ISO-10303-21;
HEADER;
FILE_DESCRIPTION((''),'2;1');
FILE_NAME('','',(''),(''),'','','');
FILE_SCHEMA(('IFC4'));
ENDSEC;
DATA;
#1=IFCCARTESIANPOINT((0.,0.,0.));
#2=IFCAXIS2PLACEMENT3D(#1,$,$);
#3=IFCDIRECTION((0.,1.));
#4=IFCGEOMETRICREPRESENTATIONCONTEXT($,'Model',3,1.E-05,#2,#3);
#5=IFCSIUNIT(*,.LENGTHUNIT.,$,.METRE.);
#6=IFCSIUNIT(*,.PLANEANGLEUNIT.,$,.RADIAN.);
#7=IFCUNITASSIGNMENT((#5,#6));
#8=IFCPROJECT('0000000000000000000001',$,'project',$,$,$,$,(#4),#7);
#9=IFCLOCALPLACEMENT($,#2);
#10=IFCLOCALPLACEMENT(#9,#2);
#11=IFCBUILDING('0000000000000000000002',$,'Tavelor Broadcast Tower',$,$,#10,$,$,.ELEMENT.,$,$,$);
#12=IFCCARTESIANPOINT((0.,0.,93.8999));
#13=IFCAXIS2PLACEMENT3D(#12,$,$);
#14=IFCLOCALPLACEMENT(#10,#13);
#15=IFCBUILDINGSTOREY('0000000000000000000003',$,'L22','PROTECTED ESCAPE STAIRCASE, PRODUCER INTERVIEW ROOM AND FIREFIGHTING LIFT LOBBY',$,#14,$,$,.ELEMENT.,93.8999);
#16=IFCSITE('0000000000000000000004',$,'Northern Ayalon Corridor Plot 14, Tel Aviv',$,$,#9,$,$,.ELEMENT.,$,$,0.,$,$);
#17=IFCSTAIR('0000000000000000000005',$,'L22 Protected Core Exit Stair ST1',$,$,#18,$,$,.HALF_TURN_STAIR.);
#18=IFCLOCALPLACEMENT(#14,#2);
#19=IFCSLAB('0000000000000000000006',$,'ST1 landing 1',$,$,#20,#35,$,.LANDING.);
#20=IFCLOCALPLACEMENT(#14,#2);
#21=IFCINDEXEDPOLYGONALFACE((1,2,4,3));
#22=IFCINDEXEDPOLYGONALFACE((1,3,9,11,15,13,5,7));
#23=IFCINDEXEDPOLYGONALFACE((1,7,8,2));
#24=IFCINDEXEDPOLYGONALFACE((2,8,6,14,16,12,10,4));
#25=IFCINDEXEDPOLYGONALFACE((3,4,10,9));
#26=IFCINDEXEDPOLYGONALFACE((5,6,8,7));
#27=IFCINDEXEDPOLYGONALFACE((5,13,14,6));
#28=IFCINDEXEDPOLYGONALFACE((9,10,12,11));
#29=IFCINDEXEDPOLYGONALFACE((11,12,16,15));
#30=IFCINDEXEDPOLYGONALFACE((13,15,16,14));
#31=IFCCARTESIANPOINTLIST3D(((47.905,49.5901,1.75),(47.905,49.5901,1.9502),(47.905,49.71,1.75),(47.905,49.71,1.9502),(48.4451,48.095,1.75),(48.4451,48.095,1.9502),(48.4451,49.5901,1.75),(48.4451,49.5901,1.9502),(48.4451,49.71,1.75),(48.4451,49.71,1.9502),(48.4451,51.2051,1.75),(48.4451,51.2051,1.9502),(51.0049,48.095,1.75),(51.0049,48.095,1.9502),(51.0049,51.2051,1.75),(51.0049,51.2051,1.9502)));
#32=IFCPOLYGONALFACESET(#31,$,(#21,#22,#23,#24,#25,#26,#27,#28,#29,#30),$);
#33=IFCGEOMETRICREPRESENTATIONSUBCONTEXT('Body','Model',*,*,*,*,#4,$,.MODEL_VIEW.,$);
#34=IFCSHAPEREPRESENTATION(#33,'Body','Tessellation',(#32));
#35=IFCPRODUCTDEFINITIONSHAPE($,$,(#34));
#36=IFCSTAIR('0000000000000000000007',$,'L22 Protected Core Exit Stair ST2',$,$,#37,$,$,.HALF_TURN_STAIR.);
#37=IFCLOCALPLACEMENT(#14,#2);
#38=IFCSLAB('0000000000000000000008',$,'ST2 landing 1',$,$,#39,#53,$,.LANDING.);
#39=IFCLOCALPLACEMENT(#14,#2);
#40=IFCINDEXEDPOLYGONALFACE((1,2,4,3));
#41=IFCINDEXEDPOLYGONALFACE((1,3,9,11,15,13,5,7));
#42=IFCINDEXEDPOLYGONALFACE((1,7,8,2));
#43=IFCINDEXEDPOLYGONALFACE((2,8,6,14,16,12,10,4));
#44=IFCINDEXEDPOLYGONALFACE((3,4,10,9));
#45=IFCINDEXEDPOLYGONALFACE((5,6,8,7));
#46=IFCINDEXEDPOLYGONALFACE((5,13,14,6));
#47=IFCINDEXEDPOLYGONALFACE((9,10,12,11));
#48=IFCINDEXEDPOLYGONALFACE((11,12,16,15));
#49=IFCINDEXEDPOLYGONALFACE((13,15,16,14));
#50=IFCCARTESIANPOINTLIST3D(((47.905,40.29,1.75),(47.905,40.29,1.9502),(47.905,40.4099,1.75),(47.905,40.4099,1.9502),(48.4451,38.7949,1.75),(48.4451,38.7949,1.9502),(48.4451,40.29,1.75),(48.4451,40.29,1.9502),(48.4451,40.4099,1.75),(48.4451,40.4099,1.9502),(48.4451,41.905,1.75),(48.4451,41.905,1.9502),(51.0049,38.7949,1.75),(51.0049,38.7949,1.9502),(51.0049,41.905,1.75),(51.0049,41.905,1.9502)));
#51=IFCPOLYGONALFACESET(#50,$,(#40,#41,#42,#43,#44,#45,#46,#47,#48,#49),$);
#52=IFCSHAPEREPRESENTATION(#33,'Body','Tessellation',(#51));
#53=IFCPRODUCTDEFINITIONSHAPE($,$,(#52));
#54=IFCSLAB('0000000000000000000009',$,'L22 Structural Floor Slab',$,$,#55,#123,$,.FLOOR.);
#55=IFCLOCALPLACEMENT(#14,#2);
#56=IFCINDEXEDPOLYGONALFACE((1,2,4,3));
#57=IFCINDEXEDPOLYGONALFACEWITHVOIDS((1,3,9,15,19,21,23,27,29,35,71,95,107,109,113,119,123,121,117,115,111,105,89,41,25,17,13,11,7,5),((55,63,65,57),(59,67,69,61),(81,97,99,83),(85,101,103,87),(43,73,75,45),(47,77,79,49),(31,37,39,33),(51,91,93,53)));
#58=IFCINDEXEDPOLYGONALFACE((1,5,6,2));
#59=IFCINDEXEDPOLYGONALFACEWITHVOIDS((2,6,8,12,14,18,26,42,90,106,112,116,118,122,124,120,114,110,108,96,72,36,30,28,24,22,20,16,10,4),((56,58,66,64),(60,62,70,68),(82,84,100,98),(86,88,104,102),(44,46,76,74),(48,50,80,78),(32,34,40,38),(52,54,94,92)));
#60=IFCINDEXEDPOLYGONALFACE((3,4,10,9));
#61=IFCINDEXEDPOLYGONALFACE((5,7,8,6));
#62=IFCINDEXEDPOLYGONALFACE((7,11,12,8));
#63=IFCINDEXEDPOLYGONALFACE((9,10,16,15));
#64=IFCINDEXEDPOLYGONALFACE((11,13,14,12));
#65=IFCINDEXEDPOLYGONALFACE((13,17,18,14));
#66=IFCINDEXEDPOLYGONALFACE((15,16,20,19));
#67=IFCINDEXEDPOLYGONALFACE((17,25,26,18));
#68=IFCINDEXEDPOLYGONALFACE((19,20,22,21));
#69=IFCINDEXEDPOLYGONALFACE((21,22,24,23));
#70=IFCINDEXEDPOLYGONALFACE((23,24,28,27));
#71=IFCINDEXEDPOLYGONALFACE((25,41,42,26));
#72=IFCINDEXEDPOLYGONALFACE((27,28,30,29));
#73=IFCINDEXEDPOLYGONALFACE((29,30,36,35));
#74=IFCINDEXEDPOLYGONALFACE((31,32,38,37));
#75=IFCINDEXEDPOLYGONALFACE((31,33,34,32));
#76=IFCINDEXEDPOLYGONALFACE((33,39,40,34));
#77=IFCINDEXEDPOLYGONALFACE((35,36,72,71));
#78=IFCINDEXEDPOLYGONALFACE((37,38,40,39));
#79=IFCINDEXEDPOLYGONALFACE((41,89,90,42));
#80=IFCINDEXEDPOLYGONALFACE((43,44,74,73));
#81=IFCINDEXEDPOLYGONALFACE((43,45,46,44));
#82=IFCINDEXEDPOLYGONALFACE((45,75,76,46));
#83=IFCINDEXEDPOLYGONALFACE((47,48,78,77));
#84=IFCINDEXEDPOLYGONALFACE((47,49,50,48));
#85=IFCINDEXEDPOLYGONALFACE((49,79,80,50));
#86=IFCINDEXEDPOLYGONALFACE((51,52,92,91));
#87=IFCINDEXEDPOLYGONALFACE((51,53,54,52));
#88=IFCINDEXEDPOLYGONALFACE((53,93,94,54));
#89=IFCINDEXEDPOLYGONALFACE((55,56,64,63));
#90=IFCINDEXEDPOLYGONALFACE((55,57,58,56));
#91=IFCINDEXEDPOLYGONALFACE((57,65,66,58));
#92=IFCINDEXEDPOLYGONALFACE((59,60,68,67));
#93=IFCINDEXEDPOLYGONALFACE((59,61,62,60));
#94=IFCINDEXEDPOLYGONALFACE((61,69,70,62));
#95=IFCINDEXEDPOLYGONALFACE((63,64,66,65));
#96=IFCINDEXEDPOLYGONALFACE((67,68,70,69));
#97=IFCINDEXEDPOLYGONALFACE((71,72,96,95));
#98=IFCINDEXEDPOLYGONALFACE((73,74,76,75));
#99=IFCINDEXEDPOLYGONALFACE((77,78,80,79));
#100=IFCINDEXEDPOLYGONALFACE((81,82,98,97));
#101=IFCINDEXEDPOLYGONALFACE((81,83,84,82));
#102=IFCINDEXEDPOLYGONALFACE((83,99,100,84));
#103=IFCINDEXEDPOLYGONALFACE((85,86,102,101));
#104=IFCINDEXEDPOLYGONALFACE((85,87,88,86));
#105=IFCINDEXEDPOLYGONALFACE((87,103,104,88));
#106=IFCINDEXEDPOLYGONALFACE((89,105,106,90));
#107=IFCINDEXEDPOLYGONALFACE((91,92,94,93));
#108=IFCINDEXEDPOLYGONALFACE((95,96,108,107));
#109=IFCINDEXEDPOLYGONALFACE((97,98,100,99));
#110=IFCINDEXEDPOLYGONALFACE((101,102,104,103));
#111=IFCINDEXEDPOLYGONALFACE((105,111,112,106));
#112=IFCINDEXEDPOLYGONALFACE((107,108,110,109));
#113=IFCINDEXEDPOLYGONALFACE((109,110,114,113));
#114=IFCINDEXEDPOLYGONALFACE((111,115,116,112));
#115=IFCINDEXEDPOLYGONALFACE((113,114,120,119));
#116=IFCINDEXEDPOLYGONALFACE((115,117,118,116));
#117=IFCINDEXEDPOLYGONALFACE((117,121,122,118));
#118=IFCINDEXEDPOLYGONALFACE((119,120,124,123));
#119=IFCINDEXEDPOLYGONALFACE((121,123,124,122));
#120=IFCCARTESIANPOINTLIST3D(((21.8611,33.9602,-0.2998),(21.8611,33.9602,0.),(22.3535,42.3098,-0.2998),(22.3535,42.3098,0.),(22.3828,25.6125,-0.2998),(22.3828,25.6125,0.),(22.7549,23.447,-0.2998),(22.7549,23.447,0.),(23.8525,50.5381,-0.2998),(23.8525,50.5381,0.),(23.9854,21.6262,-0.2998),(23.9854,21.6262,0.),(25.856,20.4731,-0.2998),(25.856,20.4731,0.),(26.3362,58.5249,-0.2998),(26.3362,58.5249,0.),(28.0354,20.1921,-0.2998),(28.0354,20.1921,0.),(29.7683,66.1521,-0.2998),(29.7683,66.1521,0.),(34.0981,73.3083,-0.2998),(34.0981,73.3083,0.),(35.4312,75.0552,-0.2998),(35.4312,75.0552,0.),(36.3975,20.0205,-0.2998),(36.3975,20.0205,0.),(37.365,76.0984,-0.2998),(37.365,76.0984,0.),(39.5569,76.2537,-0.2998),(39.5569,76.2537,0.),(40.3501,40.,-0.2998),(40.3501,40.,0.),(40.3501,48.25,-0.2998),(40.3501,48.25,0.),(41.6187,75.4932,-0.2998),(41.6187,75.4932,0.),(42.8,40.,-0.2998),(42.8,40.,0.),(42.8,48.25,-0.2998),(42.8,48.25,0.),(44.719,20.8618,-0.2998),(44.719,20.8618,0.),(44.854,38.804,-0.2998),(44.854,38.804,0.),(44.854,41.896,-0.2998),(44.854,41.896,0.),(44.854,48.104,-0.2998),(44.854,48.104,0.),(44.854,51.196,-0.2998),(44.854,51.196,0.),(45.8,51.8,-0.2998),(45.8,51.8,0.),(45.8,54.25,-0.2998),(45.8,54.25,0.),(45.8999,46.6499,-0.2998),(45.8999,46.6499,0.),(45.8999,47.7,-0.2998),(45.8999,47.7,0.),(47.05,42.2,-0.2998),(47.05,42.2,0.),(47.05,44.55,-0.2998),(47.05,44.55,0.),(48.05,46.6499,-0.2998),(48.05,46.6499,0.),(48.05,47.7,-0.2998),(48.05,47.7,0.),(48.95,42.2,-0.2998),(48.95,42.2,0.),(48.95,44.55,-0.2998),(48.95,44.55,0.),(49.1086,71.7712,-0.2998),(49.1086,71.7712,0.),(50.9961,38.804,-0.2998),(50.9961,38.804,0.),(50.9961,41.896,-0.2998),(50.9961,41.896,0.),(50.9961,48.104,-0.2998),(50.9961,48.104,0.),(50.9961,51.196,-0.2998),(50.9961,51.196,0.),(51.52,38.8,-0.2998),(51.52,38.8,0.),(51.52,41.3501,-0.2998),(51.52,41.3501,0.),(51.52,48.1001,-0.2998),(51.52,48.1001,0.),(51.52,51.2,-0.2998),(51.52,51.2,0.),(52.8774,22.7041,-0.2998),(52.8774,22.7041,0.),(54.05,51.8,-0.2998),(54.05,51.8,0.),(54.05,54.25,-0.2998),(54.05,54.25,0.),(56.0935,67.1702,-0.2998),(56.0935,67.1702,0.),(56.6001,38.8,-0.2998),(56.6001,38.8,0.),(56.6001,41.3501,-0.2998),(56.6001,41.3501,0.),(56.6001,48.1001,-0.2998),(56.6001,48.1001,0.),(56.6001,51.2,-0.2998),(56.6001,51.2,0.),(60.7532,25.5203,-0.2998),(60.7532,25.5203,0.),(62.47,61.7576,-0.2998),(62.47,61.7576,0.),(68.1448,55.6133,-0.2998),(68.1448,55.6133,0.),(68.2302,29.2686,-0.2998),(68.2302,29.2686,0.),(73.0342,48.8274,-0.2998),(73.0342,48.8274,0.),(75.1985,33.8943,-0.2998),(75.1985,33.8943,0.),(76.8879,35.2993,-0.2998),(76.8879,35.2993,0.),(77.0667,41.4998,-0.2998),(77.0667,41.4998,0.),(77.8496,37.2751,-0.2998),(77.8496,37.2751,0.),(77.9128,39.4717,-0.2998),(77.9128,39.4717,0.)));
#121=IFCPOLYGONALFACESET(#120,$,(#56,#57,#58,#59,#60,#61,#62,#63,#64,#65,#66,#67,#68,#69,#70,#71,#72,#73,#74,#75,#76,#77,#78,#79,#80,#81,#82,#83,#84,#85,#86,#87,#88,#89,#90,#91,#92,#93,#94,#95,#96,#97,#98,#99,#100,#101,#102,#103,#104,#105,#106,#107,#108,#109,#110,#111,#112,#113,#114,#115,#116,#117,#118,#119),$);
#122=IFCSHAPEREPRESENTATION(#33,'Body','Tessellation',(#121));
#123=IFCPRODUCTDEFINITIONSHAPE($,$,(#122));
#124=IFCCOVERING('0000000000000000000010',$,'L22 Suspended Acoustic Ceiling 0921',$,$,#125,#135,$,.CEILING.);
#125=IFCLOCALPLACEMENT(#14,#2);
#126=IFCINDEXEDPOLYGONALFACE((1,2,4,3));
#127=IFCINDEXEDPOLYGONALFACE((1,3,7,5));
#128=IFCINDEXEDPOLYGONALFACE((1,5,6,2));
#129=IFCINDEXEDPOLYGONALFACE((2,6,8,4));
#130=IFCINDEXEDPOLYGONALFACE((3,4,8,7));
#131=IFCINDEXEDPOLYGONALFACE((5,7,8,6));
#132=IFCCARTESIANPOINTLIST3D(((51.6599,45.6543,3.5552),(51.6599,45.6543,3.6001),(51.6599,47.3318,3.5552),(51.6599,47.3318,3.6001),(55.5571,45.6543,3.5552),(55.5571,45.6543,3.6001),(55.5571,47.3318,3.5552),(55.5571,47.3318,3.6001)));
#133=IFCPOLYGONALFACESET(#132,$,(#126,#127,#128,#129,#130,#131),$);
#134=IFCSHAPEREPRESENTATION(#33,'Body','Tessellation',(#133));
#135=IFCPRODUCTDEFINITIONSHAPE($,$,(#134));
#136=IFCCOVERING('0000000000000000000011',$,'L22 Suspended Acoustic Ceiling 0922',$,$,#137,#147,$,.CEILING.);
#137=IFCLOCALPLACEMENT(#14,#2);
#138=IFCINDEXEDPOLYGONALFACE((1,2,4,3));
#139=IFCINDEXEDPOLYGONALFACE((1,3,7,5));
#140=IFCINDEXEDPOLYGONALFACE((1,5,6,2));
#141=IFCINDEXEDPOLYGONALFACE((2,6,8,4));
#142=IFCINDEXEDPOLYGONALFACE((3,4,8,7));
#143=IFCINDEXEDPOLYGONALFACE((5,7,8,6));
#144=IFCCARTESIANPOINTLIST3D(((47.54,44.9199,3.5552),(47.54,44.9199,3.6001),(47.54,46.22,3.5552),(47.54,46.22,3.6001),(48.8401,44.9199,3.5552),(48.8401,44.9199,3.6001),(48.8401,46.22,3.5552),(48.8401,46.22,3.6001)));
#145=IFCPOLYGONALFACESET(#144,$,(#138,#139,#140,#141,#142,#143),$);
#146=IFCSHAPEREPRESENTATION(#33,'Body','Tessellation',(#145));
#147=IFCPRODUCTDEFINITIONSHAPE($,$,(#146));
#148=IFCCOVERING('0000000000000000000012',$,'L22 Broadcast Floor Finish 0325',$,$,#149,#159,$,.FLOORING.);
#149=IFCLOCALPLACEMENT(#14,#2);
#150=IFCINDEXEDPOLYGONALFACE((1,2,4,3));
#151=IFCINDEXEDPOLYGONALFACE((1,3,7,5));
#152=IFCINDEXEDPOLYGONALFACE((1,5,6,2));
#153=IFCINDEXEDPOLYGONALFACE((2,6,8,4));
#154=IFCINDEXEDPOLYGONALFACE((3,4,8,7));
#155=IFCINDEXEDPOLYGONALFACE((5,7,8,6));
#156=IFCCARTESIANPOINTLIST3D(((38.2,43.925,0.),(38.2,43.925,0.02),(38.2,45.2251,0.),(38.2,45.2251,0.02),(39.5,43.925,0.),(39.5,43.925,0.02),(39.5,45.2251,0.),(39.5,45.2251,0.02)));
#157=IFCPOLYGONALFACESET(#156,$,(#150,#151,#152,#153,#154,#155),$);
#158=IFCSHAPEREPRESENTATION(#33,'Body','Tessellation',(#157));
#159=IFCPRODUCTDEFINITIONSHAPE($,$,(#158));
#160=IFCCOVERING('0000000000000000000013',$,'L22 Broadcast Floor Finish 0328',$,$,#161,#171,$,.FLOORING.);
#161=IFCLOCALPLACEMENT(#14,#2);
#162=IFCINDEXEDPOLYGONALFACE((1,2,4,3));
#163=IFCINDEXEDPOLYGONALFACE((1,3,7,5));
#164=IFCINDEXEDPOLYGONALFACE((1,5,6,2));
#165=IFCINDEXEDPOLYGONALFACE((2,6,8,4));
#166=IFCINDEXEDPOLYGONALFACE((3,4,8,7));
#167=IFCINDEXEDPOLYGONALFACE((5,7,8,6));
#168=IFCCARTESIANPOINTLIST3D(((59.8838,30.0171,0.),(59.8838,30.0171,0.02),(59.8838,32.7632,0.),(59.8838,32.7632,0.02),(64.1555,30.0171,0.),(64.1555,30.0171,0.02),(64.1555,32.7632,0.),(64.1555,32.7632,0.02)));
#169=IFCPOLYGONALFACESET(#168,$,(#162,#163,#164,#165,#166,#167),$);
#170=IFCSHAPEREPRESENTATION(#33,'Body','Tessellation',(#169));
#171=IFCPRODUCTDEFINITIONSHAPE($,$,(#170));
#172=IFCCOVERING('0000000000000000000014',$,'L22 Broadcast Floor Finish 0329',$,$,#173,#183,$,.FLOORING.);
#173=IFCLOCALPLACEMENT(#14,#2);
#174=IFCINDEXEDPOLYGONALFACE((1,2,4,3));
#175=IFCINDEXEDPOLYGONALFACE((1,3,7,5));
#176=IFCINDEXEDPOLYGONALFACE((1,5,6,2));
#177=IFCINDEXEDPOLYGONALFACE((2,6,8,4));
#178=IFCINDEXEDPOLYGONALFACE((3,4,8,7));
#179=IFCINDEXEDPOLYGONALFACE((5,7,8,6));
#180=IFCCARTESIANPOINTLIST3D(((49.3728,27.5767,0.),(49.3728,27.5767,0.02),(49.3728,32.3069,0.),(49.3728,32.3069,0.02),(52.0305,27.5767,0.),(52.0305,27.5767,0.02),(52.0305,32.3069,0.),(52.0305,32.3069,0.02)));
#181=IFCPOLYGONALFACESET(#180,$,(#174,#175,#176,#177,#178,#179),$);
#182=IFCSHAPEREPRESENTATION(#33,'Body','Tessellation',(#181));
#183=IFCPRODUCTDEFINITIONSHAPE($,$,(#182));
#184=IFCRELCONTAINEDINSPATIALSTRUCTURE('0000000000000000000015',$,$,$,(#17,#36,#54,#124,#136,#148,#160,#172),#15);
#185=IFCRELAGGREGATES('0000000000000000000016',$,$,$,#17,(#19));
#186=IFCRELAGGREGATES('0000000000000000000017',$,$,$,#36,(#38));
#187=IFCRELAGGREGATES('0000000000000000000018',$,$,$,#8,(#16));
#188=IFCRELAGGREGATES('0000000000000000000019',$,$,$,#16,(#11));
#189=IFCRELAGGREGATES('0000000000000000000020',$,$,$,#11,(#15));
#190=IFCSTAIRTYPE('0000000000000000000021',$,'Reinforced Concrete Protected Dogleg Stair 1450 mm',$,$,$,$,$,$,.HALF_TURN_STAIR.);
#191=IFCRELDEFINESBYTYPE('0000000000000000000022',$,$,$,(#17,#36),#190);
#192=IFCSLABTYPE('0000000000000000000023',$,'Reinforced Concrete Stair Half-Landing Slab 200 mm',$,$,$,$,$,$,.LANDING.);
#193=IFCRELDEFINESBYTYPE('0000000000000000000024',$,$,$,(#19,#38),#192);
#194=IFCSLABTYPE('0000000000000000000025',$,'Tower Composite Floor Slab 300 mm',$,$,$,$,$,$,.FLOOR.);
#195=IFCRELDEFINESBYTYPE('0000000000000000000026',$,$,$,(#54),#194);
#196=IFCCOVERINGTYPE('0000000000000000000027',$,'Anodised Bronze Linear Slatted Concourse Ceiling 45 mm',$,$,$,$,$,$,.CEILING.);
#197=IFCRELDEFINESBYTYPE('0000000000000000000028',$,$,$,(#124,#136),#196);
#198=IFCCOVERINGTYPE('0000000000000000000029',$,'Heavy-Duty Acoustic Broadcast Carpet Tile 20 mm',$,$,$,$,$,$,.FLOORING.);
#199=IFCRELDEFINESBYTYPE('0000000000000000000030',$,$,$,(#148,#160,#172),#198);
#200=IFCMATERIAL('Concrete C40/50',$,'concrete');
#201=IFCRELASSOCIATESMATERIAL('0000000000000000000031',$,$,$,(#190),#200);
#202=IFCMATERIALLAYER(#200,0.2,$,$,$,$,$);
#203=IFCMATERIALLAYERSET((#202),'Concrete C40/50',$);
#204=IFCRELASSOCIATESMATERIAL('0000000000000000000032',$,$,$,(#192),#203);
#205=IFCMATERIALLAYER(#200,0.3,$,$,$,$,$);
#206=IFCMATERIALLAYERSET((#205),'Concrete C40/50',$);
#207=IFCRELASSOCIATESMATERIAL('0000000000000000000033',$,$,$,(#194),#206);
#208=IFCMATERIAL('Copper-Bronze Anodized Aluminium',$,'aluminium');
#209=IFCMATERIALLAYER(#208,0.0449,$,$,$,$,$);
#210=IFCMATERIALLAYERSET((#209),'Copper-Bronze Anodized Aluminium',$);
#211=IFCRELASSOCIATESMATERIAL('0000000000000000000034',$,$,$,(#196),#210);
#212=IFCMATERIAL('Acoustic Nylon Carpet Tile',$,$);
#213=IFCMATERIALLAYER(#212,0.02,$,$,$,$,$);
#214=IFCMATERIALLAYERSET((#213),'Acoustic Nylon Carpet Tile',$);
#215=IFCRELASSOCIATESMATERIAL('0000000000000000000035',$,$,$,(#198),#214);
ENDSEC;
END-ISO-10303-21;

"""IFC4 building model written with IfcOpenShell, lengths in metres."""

from ifc_helpers import new_model, si_unit, direction, frame, origin, place, context, subcontext, project, spatial, polyline, outline, extrude, material, layer, layer_set, type_object, element, aggregate, save


model = new_model("IFC4")

# Units and contexts
model_context = context("Model", 3, precision=1e-05, world=origin(), true_north=direction((0.0, 1.0)))
body_context = subcontext(model_context, "Body", "Model", "MODEL_VIEW")
ifc_project = project(units=[si_unit("LENGTHUNIT", "METRE"), si_unit("PLANEANGLEUNIT", "RADIAN")], contexts=[model_context])

# Site, building, storey
site_placement = place(None, origin())
site = spatial("IfcSite", under=ifc_project, at=site_placement, Name="Northern Ayalon Corridor Plot 14, Tel Aviv", CompositionType="ELEMENT", RefElevation=0.0)
building_placement = place(site_placement, origin())
building = spatial("IfcBuilding", under=site, at=building_placement, Name="Tavelor Broadcast Tower", CompositionType="ELEMENT")
storey_placement = place(building_placement, frame((0.0, 0.0, 93.8999)))
storey = spatial("IfcBuildingStorey", under=building, at=storey_placement, Name="L22", Description="PROTECTED ESCAPE STAIRCASE, PRODUCER INTERVIEW ROOM AND FIREFIGHTING LIFT LOBBY", CompositionType="ELEMENT", Elevation=93.8999)

# Stairs, slabs
ifc_material_1 = material(Name="Concrete C40/50", Category="concrete")
stair_type = type_object("IfcStairType", Name="Reinforced Concrete Protected Dogleg Stair 1450 mm", PredefinedType="HALF_TURN_STAIR", material=ifc_material_1)
stair_1_placement = place(storey_placement, origin())
stair_1 = element("IfcStair", 1, at=stair_1_placement, inside=storey, type_object=stair_type, Name="L22 Protected Core Exit Stair ST1", PredefinedType="HALF_TURN_STAIR")
ifc_layer_1 = layer(ifc_material_1, 0.2)
ifc_layer_set_1 = layer_set([ifc_layer_1], Name="Concrete C40/50")
slab_type_1 = type_object("IfcSlabType", Name="Reinforced Concrete Stair Half-Landing Slab 200 mm", PredefinedType="LANDING", material=ifc_layer_set_1)
slab_1_placement = place(storey_placement, frame((0.0, 0.0, 1.75)))
slab_1 = element("IfcSlab", 2, at=slab_1_placement, type_object=slab_type_1, Name="ST1 landing 1", PredefinedType="LANDING", context=body_context, shape_type="SweptSolid", body=[
    extrude(outline(polyline([(48.4451, 49.5901), (48.4451, 48.095), (51.0049, 48.095), (51.0049, 51.2051), (48.4451, 51.2051), (48.4451, 49.71), (47.905, 49.71), (47.905, 49.5901), (48.4451, 49.5901)])), origin(), (0.0, 0.0, 1.0), 0.2002),
])
aggregate(stair_1, [slab_1])
stair_2_placement = place(storey_placement, origin())
stair_2 = element("IfcStair", 3, at=stair_2_placement, inside=storey, type_object=stair_type, Name="L22 Protected Core Exit Stair ST2", PredefinedType="HALF_TURN_STAIR")
slab_2_placement = place(storey_placement, frame((0.0, 0.0, 1.75)))
slab_2 = element("IfcSlab", 4, at=slab_2_placement, type_object=slab_type_1, Name="ST2 landing 1", PredefinedType="LANDING", context=body_context, shape_type="SweptSolid", body=[
    extrude(outline(polyline([(48.4451, 40.29), (48.4451, 38.7949), (51.0049, 38.7949), (51.0049, 41.905), (48.4451, 41.905), (48.4451, 40.4099), (47.905, 40.4099), (47.905, 40.29), (48.4451, 40.29)])), origin(), (0.0, 0.0, 1.0), 0.2002),
])
aggregate(stair_2, [slab_2])

# Slab
ifc_layer_2 = layer(ifc_material_1, 0.3)
ifc_layer_set_2 = layer_set([ifc_layer_2], Name="Concrete C40/50")
slab_type_2 = type_object("IfcSlabType", Name="Tower Composite Floor Slab 300 mm", PredefinedType="FLOOR", material=ifc_layer_set_2)
slab_3_placement = place(storey_placement, frame((0.0, 0.0, -0.2998)))
element("IfcSlab", 5, at=slab_3_placement, inside=storey, type_object=slab_type_2, Name="L22 Structural Floor Slab", PredefinedType="FLOOR", context=body_context, shape_type="SweptSolid", body=[
    extrude(outline(polyline([(41.6187, 75.4932), (39.5569, 76.2537), (37.365, 76.0984), (35.4312, 75.0552), (34.0981, 73.3083), (29.7683, 66.1521), (26.3362, 58.5249), (23.8525, 50.5381), (22.3535, 42.3098), (21.8611, 33.9602), (22.3828, 25.6125), (22.7549, 23.447), (23.9854, 21.6262), (25.856, 20.4731), (28.0354, 20.1921), (36.3975, 20.0205), (44.719, 20.8618), (52.8774, 22.7041), (60.7532, 25.5203), (68.2302, 29.2686), (75.1985, 33.8943), (76.8879, 35.2993), (77.8496, 37.2751), (77.9128, 39.4717), (77.0667, 41.4998), (73.0342, 48.8274), (68.1448, 55.6133), (62.47, 61.7576), (56.0935, 67.1702), (49.1086, 71.7712), (41.6187, 75.4932)]), holes=[polyline([(56.6001, 38.8), (51.52, 38.8), (51.52, 41.3501), (56.6001, 41.3501), (56.6001, 38.8)]), polyline([(50.9961, 38.804), (44.854, 38.804), (44.854, 41.896), (50.9961, 41.896), (50.9961, 38.804)]), polyline([(47.05, 42.2), (47.05, 44.55), (48.95, 44.55), (48.95, 42.2), (47.05, 42.2)]), polyline([(40.3501, 40.0), (40.3501, 48.25), (42.8, 48.25), (42.8, 40.0), (40.3501, 40.0)]), polyline([(48.05, 46.6499), (45.8999, 46.6499), (45.8999, 47.7), (48.05, 47.7), (48.05, 46.6499)]), polyline([(50.9961, 48.104), (44.854, 48.104), (44.854, 51.196), (50.9961, 51.196), (50.9961, 48.104)]), polyline([(56.6001, 48.1001), (51.52, 48.1001), (51.52, 51.2), (56.6001, 51.2), (56.6001, 48.1001)]), polyline([(54.05, 51.8), (45.8, 51.8), (45.8, 54.25), (54.05, 54.25), (54.05, 51.8)])]), origin(), (0.0, 0.0, 1.0), 0.2998),
])

# Coverings
ifc_material_2 = material(Name="Copper-Bronze Anodized Aluminium", Category="aluminium")
ifc_layer_3 = layer(ifc_material_2, 0.0449)
ifc_layer_set_3 = layer_set([ifc_layer_3], Name="Copper-Bronze Anodized Aluminium")
covering_type_1 = type_object("IfcCoveringType", Name="Anodised Bronze Linear Slatted Concourse Ceiling 45 mm", PredefinedType="CEILING", material=ifc_layer_set_3)
covering_1_placement = place(storey_placement, frame((0.0, 0.0, 3.5552)))
element("IfcCovering", 6, at=covering_1_placement, inside=storey, type_object=covering_type_1, Name="L22 Suspended Acoustic Ceiling 0921", PredefinedType="CEILING", context=body_context, shape_type="SweptSolid", body=[
    extrude(outline(polyline([(51.6599, 45.6543), (55.5571, 45.6543), (55.5571, 47.3318), (51.6599, 47.3318), (51.6599, 45.6543)])), origin(), (0.0, 0.0, 1.0), 0.0449),
])
covering_2_placement = place(storey_placement, frame((0.0, 0.0, 3.5552)))
element("IfcCovering", 7, at=covering_2_placement, inside=storey, type_object=covering_type_1, Name="L22 Suspended Acoustic Ceiling 0922", PredefinedType="CEILING", context=body_context, shape_type="SweptSolid", body=[
    extrude(outline(polyline([(47.54, 44.9199), (48.8401, 44.9199), (48.8401, 46.22), (47.54, 46.22), (47.54, 44.9199)])), origin(), (0.0, 0.0, 1.0), 0.0449),
])
ifc_material_3 = material(Name="Acoustic Nylon Carpet Tile")
ifc_layer_4 = layer(ifc_material_3, 0.02)
ifc_layer_set_4 = layer_set([ifc_layer_4], Name="Acoustic Nylon Carpet Tile")
covering_type_2 = type_object("IfcCoveringType", Name="Heavy-Duty Acoustic Broadcast Carpet Tile 20 mm", PredefinedType="FLOORING", material=ifc_layer_set_4)
covering_3_placement = place(storey_placement, origin())
element("IfcCovering", 8, at=covering_3_placement, inside=storey, type_object=covering_type_2, Name="L22 Broadcast Floor Finish 0325", PredefinedType="FLOORING", context=body_context, shape_type="SweptSolid", body=[
    extrude(outline(polyline([(38.2, 43.925), (39.5, 43.925), (39.5, 45.2251), (38.2, 45.2251), (38.2, 43.925)])), origin(), (0.0, 0.0, 1.0), 0.02),
])
covering_4_placement = place(storey_placement, origin())
element("IfcCovering", 9, at=covering_4_placement, inside=storey, type_object=covering_type_2, Name="L22 Broadcast Floor Finish 0328", PredefinedType="FLOORING", context=body_context, shape_type="SweptSolid", body=[
    extrude(outline(polyline([(59.8838, 30.0171), (64.1555, 30.0171), (64.1555, 32.7632), (59.8838, 32.7632), (59.8838, 30.0171)])), origin(), (0.0, 0.0, 1.0), 0.02),
])
covering_5_placement = place(storey_placement, origin())
element("IfcCovering", 10, at=covering_5_placement, inside=storey, type_object=covering_type_2, Name="L22 Broadcast Floor Finish 0329", PredefinedType="FLOORING", context=body_context, shape_type="SweptSolid", body=[
    extrude(outline(polyline([(49.3728, 27.5767), (52.0305, 27.5767), (52.0305, 32.3069), (49.3728, 32.3069), (49.3728, 27.5767)])), origin(), (0.0, 0.0, 1.0), 0.02),
])

save(model, "model.ifc")
